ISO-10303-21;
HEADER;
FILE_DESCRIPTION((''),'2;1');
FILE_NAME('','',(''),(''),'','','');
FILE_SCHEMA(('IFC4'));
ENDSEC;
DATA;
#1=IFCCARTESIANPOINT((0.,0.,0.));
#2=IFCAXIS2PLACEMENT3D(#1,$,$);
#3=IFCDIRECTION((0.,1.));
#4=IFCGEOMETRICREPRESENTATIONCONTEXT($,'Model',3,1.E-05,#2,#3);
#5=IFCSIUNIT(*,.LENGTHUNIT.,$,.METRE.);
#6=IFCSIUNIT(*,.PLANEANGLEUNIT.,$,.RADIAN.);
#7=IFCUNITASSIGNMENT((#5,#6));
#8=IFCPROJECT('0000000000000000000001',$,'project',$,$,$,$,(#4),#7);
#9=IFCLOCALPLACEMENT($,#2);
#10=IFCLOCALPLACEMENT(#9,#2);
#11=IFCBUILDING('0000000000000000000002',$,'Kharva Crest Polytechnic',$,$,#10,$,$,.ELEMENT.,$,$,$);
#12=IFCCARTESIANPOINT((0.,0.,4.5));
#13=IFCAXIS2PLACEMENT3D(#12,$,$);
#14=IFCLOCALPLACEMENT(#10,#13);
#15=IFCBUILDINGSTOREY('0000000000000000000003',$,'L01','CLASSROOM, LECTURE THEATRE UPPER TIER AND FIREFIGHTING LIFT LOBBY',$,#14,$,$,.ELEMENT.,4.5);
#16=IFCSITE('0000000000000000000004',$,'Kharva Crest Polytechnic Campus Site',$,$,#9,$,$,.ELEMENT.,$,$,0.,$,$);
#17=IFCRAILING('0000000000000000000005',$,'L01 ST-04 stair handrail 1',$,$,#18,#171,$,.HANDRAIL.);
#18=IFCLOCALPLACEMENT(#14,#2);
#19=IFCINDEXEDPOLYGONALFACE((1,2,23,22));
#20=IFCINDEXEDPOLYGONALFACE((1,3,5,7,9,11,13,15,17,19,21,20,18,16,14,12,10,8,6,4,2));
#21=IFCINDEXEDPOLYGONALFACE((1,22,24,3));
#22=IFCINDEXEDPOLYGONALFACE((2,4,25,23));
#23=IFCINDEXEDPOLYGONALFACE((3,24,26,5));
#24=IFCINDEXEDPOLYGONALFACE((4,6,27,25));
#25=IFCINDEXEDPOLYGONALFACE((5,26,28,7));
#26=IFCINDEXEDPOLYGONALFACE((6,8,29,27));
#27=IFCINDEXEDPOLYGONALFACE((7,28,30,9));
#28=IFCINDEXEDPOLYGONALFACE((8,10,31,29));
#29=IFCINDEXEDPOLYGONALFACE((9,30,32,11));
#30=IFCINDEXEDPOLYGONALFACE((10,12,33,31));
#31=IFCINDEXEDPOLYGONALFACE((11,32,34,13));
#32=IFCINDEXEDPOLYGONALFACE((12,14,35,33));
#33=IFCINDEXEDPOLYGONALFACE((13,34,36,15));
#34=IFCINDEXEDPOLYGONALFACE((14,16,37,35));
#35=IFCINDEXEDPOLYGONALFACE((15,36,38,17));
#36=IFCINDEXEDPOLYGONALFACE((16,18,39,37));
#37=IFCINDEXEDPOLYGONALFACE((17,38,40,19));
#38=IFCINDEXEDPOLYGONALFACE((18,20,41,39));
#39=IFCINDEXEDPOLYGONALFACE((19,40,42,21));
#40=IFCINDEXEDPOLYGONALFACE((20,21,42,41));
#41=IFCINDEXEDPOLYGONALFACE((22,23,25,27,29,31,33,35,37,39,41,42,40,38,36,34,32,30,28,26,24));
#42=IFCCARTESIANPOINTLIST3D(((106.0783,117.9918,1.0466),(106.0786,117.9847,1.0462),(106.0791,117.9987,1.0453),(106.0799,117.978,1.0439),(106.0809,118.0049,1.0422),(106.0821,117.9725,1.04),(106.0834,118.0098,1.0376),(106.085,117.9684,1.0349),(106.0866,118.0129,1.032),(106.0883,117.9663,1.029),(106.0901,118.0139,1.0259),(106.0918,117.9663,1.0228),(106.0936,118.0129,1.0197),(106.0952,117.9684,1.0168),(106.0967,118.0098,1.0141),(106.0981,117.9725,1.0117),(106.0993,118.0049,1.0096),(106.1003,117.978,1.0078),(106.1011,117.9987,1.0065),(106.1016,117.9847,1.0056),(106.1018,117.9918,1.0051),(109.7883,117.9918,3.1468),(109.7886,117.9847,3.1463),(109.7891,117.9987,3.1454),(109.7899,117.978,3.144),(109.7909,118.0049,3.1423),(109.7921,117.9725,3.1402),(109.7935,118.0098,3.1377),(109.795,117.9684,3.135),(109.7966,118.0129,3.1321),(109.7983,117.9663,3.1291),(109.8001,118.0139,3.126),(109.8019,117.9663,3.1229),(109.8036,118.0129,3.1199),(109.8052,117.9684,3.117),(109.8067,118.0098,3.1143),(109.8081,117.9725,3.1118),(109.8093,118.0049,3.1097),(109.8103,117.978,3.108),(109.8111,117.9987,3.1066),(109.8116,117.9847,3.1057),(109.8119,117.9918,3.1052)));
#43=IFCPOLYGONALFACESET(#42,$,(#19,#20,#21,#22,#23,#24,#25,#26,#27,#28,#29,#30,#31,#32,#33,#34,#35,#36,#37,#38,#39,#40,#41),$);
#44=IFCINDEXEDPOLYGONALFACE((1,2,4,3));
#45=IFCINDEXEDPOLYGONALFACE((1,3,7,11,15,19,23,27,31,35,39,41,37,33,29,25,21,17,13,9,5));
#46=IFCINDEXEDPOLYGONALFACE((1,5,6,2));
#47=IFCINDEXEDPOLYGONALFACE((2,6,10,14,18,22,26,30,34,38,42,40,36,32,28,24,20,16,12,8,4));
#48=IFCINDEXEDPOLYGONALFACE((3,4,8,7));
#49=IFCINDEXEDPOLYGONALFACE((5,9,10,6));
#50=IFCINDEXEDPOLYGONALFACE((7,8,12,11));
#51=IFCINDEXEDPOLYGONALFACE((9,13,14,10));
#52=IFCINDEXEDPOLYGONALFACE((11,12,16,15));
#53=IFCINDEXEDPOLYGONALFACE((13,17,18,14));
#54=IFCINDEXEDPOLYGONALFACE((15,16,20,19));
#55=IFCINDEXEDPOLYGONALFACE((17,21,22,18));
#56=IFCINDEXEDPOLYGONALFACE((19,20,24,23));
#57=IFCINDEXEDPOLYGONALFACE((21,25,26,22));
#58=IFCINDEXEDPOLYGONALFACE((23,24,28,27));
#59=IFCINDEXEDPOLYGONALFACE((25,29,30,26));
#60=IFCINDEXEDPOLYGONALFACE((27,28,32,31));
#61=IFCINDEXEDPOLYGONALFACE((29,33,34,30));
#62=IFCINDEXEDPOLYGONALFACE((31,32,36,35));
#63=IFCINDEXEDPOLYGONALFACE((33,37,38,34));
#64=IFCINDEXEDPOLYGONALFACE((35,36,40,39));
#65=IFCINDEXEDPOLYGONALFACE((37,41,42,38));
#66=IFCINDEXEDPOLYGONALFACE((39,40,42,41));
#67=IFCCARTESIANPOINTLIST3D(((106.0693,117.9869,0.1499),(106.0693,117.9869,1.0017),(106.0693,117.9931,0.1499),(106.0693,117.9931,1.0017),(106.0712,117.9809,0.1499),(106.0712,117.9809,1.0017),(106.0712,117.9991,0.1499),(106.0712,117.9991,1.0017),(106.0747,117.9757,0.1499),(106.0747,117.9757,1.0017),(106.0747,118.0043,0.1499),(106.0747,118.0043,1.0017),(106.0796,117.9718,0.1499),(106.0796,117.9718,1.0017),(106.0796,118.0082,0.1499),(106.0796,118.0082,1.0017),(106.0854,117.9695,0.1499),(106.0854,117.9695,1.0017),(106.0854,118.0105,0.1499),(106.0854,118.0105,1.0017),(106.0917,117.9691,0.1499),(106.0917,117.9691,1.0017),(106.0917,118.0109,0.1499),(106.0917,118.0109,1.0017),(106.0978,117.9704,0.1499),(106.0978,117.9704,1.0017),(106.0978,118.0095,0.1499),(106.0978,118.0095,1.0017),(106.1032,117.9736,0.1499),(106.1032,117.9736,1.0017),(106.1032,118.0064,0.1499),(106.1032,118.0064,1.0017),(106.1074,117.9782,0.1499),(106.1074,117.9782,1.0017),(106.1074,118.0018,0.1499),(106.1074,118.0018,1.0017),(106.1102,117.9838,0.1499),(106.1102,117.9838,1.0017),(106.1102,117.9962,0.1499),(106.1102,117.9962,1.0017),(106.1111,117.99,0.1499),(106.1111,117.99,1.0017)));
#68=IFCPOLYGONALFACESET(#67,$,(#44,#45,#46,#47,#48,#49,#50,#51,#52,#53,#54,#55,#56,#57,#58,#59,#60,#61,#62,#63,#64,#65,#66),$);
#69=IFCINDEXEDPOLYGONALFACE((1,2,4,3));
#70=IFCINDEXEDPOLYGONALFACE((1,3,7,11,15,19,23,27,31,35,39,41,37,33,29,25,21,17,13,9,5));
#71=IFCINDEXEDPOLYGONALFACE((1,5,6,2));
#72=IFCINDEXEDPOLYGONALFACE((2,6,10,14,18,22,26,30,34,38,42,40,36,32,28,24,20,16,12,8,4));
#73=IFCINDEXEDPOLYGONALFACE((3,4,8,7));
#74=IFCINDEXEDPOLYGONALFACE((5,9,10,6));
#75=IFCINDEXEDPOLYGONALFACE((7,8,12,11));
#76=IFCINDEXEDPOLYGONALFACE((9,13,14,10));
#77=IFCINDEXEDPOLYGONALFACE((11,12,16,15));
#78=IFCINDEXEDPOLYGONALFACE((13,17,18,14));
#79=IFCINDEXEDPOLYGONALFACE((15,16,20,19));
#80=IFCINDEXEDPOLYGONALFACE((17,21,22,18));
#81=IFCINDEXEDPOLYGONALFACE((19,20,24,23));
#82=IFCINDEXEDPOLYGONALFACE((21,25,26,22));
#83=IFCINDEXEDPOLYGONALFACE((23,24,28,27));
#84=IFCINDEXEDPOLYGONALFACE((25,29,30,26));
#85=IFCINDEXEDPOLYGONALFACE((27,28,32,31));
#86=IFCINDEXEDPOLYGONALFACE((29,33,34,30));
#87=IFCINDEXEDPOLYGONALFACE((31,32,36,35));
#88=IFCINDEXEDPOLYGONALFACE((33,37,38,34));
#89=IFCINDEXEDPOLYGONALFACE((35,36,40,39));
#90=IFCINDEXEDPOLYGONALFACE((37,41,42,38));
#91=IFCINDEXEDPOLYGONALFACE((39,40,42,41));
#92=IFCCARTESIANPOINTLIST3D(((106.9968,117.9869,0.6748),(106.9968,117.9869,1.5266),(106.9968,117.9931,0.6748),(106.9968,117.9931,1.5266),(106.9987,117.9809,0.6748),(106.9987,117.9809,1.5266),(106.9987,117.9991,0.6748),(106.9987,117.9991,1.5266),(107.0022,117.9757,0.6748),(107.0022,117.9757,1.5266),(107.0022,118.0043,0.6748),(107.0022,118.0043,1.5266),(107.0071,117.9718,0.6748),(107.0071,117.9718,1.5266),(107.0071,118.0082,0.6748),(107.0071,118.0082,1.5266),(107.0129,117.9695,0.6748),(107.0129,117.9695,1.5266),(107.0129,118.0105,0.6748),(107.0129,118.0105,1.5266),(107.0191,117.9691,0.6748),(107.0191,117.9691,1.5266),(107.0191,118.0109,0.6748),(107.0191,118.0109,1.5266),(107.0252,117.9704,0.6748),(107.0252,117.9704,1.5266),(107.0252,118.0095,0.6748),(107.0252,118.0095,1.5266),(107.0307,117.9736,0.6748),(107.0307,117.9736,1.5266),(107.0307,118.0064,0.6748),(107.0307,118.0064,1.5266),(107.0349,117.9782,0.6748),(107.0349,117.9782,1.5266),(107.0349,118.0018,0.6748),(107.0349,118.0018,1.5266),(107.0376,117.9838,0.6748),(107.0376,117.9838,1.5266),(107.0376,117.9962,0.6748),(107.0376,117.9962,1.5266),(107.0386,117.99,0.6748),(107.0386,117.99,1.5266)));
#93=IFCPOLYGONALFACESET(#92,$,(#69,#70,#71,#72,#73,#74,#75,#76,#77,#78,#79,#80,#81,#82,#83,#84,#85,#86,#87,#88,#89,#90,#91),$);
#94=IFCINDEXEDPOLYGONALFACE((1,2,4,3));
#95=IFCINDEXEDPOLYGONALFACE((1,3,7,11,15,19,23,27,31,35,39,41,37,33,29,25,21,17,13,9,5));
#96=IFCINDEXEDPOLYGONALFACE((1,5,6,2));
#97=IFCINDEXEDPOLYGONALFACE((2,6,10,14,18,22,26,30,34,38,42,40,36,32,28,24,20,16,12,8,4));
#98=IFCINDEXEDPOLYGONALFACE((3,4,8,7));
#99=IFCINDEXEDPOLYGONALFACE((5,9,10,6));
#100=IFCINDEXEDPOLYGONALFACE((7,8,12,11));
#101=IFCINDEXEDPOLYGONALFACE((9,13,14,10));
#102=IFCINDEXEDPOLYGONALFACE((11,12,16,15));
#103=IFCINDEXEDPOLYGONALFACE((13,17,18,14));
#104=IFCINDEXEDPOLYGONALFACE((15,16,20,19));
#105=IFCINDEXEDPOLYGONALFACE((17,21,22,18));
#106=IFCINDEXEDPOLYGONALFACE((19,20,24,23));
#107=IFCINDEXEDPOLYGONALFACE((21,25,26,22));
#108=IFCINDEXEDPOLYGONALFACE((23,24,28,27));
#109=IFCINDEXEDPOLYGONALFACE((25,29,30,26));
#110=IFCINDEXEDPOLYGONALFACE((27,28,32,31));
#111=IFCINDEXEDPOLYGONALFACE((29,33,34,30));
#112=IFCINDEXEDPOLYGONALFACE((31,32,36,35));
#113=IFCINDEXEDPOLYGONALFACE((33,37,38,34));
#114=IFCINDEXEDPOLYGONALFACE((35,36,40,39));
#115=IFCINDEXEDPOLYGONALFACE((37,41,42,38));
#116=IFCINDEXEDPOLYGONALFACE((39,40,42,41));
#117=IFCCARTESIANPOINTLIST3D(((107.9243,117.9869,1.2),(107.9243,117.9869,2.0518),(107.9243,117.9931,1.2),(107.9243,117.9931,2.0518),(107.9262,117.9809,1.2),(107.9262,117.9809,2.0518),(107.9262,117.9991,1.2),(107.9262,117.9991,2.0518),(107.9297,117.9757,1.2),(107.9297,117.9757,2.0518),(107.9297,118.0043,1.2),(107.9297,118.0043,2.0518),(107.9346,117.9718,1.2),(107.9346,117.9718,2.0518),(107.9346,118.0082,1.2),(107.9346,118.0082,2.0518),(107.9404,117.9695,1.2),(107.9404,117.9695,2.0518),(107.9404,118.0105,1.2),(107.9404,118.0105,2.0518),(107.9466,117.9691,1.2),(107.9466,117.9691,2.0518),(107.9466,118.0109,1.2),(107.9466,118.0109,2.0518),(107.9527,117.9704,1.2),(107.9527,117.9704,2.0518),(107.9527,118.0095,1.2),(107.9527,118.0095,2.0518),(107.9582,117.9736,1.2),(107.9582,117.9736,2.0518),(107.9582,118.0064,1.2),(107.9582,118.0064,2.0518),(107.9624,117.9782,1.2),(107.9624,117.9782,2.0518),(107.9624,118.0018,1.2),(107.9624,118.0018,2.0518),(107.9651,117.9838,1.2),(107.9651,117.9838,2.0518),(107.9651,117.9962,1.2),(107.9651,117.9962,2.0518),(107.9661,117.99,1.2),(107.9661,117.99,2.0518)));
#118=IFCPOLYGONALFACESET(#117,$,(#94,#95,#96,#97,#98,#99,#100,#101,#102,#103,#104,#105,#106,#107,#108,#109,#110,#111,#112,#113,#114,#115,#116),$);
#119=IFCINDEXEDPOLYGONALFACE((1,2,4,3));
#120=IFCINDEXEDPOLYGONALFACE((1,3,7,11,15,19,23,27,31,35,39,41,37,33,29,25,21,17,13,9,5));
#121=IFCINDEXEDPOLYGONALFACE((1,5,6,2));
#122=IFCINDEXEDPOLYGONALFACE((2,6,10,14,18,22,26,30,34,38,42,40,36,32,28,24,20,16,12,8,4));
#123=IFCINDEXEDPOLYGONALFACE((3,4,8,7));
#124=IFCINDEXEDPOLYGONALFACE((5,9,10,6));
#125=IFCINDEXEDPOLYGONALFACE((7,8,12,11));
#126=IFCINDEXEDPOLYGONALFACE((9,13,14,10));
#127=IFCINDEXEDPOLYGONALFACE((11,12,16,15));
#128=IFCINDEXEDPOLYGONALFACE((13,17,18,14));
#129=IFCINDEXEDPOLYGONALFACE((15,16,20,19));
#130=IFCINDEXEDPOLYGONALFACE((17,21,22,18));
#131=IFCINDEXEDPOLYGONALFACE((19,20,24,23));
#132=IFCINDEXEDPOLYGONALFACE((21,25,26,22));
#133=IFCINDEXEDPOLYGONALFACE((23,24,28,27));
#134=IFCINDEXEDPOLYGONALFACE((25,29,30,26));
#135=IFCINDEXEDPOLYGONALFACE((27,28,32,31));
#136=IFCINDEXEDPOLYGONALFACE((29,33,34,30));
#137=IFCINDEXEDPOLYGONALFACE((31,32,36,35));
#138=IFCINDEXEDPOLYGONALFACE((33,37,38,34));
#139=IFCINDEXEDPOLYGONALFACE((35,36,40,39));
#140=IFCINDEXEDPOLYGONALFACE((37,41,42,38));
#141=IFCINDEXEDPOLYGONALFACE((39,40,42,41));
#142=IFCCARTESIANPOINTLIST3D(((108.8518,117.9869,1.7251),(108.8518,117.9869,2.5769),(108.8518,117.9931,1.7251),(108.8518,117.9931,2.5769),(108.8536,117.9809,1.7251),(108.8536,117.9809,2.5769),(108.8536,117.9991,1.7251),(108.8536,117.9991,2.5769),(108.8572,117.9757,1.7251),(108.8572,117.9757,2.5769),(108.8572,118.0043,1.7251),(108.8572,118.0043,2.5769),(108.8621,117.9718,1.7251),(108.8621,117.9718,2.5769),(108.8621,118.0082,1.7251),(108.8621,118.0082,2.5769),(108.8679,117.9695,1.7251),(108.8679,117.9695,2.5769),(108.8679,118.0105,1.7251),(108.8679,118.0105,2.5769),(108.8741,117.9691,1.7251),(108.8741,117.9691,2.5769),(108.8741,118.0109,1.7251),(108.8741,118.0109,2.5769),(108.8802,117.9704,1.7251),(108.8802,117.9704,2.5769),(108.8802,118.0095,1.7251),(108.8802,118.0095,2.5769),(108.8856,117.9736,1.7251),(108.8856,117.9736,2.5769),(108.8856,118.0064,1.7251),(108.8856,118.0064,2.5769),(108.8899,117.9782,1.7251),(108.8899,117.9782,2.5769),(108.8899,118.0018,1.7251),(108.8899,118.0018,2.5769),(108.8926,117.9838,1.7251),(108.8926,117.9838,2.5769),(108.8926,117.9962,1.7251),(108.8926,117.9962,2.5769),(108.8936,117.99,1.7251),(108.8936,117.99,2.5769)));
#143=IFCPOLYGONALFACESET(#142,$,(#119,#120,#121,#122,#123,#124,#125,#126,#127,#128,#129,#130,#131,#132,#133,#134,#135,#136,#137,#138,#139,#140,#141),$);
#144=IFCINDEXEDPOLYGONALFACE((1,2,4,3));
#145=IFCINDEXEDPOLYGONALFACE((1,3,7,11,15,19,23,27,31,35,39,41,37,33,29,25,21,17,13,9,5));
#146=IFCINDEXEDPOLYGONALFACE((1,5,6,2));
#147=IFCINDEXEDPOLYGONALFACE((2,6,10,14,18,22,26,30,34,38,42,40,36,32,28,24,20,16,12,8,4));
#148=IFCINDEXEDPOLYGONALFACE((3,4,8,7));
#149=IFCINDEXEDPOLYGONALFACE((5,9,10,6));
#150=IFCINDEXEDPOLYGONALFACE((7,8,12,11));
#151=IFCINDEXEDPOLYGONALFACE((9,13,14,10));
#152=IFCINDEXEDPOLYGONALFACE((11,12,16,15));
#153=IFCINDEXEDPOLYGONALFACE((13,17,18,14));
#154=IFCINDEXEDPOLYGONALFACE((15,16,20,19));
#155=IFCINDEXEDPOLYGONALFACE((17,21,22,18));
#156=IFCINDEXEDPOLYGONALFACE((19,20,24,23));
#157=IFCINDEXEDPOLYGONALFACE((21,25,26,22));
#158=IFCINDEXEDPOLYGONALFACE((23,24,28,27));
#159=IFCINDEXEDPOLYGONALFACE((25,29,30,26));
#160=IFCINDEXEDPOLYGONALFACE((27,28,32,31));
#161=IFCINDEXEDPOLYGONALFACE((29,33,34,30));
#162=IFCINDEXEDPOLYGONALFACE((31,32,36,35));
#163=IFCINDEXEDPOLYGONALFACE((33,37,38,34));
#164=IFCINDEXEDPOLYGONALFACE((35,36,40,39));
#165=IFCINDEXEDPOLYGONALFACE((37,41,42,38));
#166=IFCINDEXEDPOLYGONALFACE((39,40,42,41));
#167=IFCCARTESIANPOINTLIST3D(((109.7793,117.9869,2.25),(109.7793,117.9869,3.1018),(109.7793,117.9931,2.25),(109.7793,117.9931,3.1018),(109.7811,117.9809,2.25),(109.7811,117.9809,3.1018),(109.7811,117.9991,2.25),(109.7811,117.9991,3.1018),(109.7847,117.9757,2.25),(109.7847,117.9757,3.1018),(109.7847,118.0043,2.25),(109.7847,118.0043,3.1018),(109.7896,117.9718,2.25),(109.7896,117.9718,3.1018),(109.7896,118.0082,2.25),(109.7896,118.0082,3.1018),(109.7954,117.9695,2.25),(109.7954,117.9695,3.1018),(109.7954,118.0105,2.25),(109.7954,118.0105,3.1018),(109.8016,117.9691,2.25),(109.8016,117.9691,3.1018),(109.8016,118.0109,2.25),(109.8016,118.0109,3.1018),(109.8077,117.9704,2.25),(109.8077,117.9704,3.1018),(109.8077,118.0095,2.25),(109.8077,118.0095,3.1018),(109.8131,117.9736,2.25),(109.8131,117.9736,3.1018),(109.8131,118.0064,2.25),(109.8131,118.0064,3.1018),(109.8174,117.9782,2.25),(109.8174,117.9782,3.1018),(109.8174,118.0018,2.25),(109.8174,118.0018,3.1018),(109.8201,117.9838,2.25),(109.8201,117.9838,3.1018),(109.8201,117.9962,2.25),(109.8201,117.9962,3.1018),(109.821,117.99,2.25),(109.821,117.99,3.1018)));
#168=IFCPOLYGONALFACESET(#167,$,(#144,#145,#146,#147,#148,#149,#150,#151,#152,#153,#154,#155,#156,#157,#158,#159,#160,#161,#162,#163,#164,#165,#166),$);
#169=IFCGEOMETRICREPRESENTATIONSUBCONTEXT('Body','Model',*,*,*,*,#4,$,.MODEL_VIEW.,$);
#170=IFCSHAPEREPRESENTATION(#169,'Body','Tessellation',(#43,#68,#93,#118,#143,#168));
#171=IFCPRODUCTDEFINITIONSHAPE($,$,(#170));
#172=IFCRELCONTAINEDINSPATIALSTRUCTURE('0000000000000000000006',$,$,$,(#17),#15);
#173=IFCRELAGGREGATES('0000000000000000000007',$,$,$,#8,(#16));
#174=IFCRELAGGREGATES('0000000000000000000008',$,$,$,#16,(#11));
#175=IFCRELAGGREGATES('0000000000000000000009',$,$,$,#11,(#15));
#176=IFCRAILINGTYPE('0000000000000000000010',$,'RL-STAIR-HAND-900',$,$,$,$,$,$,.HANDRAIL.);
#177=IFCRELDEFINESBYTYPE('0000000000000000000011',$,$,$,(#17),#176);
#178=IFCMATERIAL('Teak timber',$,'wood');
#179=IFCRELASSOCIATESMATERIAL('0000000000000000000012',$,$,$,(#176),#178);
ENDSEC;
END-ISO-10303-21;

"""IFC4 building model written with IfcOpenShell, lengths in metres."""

from ifc_helpers import new_model, si_unit, direction, frame, origin, origin_2d, place, context, subcontext, project, spatial, circle, extrude, material, type_object, element, save


model = new_model("IFC4")

# Units and contexts
model_context = context("Model", 3, precision=1e-05, world=origin(), true_north=direction((0.0, 1.0)))
body_context = subcontext(model_context, "Body", "Model", "MODEL_VIEW")
ifc_project = project(units=[si_unit("LENGTHUNIT", "METRE"), si_unit("PLANEANGLEUNIT", "RADIAN")], contexts=[model_context])

# Site, building, storey
site_placement = place(None, origin())
site = spatial("IfcSite", under=ifc_project, at=site_placement, Name="Kharva Crest Polytechnic Campus Site", CompositionType="ELEMENT", RefElevation=0.0)
building_placement = place(site_placement, origin())
building = spatial("IfcBuilding", under=site, at=building_placement, Name="Kharva Crest Polytechnic", CompositionType="ELEMENT")
storey_placement = place(building_placement, frame((0.0, 0.0, 4.5)))
storey = spatial("IfcBuildingStorey", under=building, at=storey_placement, Name="L01", Description="CLASSROOM, LECTURE THEATRE UPPER TIER AND FIREFIGHTING LIFT LOBBY", CompositionType="ELEMENT", Elevation=4.5)

# Shared definitions
ifc_material_1 = material(Name="Teak timber", Category="wood")

# Railing
railing_type_1 = type_object("IfcRailingType", Name="RL-STAIR-HAND-900", PredefinedType="HANDRAIL", material=ifc_material_1)
railing_1_placement = place(storey_placement, frame((106.0901, 117.99, 0.1499)))
element("IfcRailing", 1, at=railing_1_placement, inside=storey, type_object=railing_type_1, Name="L01 ST-04 stair handrail 1", PredefinedType="HANDRAIL", context=body_context, shape_type="SweptSolid", body=[
    extrude(circle(Radius=0.0239, at=origin_2d()), frame((0.0, 0.0, 0.876), z_axis=(0.870245, 0.0, 0.492619), x_axis=(0.0, 1.0, 0.0)), (0.0, 0.0, 1.0), 4.2632),
    extrude(circle(Radius=0.021, at=origin_2d()), origin(), (0.0, 0.0, 1.0), 0.8518),
    extrude(circle(Radius=0.021, at=origin_2d()), frame((0.9275, 0.0, 0.5249)), (0.0, 0.0, 1.0), 0.8518),
    extrude(circle(Radius=0.021, at=origin_2d()), frame((1.855, 0.0, 1.05)), (0.0, 0.0, 1.0), 0.8518),
    extrude(circle(Radius=0.021, at=origin_2d()), frame((2.7825, 0.0, 1.5752)), (0.0, 0.0, 1.0), 0.8518),
    extrude(circle(Radius=0.021, at=origin_2d()), frame((3.71, 0.0, 2.1001)), (0.0, 0.0, 1.0), 0.8518),
])

save(model, "model.ifc")
